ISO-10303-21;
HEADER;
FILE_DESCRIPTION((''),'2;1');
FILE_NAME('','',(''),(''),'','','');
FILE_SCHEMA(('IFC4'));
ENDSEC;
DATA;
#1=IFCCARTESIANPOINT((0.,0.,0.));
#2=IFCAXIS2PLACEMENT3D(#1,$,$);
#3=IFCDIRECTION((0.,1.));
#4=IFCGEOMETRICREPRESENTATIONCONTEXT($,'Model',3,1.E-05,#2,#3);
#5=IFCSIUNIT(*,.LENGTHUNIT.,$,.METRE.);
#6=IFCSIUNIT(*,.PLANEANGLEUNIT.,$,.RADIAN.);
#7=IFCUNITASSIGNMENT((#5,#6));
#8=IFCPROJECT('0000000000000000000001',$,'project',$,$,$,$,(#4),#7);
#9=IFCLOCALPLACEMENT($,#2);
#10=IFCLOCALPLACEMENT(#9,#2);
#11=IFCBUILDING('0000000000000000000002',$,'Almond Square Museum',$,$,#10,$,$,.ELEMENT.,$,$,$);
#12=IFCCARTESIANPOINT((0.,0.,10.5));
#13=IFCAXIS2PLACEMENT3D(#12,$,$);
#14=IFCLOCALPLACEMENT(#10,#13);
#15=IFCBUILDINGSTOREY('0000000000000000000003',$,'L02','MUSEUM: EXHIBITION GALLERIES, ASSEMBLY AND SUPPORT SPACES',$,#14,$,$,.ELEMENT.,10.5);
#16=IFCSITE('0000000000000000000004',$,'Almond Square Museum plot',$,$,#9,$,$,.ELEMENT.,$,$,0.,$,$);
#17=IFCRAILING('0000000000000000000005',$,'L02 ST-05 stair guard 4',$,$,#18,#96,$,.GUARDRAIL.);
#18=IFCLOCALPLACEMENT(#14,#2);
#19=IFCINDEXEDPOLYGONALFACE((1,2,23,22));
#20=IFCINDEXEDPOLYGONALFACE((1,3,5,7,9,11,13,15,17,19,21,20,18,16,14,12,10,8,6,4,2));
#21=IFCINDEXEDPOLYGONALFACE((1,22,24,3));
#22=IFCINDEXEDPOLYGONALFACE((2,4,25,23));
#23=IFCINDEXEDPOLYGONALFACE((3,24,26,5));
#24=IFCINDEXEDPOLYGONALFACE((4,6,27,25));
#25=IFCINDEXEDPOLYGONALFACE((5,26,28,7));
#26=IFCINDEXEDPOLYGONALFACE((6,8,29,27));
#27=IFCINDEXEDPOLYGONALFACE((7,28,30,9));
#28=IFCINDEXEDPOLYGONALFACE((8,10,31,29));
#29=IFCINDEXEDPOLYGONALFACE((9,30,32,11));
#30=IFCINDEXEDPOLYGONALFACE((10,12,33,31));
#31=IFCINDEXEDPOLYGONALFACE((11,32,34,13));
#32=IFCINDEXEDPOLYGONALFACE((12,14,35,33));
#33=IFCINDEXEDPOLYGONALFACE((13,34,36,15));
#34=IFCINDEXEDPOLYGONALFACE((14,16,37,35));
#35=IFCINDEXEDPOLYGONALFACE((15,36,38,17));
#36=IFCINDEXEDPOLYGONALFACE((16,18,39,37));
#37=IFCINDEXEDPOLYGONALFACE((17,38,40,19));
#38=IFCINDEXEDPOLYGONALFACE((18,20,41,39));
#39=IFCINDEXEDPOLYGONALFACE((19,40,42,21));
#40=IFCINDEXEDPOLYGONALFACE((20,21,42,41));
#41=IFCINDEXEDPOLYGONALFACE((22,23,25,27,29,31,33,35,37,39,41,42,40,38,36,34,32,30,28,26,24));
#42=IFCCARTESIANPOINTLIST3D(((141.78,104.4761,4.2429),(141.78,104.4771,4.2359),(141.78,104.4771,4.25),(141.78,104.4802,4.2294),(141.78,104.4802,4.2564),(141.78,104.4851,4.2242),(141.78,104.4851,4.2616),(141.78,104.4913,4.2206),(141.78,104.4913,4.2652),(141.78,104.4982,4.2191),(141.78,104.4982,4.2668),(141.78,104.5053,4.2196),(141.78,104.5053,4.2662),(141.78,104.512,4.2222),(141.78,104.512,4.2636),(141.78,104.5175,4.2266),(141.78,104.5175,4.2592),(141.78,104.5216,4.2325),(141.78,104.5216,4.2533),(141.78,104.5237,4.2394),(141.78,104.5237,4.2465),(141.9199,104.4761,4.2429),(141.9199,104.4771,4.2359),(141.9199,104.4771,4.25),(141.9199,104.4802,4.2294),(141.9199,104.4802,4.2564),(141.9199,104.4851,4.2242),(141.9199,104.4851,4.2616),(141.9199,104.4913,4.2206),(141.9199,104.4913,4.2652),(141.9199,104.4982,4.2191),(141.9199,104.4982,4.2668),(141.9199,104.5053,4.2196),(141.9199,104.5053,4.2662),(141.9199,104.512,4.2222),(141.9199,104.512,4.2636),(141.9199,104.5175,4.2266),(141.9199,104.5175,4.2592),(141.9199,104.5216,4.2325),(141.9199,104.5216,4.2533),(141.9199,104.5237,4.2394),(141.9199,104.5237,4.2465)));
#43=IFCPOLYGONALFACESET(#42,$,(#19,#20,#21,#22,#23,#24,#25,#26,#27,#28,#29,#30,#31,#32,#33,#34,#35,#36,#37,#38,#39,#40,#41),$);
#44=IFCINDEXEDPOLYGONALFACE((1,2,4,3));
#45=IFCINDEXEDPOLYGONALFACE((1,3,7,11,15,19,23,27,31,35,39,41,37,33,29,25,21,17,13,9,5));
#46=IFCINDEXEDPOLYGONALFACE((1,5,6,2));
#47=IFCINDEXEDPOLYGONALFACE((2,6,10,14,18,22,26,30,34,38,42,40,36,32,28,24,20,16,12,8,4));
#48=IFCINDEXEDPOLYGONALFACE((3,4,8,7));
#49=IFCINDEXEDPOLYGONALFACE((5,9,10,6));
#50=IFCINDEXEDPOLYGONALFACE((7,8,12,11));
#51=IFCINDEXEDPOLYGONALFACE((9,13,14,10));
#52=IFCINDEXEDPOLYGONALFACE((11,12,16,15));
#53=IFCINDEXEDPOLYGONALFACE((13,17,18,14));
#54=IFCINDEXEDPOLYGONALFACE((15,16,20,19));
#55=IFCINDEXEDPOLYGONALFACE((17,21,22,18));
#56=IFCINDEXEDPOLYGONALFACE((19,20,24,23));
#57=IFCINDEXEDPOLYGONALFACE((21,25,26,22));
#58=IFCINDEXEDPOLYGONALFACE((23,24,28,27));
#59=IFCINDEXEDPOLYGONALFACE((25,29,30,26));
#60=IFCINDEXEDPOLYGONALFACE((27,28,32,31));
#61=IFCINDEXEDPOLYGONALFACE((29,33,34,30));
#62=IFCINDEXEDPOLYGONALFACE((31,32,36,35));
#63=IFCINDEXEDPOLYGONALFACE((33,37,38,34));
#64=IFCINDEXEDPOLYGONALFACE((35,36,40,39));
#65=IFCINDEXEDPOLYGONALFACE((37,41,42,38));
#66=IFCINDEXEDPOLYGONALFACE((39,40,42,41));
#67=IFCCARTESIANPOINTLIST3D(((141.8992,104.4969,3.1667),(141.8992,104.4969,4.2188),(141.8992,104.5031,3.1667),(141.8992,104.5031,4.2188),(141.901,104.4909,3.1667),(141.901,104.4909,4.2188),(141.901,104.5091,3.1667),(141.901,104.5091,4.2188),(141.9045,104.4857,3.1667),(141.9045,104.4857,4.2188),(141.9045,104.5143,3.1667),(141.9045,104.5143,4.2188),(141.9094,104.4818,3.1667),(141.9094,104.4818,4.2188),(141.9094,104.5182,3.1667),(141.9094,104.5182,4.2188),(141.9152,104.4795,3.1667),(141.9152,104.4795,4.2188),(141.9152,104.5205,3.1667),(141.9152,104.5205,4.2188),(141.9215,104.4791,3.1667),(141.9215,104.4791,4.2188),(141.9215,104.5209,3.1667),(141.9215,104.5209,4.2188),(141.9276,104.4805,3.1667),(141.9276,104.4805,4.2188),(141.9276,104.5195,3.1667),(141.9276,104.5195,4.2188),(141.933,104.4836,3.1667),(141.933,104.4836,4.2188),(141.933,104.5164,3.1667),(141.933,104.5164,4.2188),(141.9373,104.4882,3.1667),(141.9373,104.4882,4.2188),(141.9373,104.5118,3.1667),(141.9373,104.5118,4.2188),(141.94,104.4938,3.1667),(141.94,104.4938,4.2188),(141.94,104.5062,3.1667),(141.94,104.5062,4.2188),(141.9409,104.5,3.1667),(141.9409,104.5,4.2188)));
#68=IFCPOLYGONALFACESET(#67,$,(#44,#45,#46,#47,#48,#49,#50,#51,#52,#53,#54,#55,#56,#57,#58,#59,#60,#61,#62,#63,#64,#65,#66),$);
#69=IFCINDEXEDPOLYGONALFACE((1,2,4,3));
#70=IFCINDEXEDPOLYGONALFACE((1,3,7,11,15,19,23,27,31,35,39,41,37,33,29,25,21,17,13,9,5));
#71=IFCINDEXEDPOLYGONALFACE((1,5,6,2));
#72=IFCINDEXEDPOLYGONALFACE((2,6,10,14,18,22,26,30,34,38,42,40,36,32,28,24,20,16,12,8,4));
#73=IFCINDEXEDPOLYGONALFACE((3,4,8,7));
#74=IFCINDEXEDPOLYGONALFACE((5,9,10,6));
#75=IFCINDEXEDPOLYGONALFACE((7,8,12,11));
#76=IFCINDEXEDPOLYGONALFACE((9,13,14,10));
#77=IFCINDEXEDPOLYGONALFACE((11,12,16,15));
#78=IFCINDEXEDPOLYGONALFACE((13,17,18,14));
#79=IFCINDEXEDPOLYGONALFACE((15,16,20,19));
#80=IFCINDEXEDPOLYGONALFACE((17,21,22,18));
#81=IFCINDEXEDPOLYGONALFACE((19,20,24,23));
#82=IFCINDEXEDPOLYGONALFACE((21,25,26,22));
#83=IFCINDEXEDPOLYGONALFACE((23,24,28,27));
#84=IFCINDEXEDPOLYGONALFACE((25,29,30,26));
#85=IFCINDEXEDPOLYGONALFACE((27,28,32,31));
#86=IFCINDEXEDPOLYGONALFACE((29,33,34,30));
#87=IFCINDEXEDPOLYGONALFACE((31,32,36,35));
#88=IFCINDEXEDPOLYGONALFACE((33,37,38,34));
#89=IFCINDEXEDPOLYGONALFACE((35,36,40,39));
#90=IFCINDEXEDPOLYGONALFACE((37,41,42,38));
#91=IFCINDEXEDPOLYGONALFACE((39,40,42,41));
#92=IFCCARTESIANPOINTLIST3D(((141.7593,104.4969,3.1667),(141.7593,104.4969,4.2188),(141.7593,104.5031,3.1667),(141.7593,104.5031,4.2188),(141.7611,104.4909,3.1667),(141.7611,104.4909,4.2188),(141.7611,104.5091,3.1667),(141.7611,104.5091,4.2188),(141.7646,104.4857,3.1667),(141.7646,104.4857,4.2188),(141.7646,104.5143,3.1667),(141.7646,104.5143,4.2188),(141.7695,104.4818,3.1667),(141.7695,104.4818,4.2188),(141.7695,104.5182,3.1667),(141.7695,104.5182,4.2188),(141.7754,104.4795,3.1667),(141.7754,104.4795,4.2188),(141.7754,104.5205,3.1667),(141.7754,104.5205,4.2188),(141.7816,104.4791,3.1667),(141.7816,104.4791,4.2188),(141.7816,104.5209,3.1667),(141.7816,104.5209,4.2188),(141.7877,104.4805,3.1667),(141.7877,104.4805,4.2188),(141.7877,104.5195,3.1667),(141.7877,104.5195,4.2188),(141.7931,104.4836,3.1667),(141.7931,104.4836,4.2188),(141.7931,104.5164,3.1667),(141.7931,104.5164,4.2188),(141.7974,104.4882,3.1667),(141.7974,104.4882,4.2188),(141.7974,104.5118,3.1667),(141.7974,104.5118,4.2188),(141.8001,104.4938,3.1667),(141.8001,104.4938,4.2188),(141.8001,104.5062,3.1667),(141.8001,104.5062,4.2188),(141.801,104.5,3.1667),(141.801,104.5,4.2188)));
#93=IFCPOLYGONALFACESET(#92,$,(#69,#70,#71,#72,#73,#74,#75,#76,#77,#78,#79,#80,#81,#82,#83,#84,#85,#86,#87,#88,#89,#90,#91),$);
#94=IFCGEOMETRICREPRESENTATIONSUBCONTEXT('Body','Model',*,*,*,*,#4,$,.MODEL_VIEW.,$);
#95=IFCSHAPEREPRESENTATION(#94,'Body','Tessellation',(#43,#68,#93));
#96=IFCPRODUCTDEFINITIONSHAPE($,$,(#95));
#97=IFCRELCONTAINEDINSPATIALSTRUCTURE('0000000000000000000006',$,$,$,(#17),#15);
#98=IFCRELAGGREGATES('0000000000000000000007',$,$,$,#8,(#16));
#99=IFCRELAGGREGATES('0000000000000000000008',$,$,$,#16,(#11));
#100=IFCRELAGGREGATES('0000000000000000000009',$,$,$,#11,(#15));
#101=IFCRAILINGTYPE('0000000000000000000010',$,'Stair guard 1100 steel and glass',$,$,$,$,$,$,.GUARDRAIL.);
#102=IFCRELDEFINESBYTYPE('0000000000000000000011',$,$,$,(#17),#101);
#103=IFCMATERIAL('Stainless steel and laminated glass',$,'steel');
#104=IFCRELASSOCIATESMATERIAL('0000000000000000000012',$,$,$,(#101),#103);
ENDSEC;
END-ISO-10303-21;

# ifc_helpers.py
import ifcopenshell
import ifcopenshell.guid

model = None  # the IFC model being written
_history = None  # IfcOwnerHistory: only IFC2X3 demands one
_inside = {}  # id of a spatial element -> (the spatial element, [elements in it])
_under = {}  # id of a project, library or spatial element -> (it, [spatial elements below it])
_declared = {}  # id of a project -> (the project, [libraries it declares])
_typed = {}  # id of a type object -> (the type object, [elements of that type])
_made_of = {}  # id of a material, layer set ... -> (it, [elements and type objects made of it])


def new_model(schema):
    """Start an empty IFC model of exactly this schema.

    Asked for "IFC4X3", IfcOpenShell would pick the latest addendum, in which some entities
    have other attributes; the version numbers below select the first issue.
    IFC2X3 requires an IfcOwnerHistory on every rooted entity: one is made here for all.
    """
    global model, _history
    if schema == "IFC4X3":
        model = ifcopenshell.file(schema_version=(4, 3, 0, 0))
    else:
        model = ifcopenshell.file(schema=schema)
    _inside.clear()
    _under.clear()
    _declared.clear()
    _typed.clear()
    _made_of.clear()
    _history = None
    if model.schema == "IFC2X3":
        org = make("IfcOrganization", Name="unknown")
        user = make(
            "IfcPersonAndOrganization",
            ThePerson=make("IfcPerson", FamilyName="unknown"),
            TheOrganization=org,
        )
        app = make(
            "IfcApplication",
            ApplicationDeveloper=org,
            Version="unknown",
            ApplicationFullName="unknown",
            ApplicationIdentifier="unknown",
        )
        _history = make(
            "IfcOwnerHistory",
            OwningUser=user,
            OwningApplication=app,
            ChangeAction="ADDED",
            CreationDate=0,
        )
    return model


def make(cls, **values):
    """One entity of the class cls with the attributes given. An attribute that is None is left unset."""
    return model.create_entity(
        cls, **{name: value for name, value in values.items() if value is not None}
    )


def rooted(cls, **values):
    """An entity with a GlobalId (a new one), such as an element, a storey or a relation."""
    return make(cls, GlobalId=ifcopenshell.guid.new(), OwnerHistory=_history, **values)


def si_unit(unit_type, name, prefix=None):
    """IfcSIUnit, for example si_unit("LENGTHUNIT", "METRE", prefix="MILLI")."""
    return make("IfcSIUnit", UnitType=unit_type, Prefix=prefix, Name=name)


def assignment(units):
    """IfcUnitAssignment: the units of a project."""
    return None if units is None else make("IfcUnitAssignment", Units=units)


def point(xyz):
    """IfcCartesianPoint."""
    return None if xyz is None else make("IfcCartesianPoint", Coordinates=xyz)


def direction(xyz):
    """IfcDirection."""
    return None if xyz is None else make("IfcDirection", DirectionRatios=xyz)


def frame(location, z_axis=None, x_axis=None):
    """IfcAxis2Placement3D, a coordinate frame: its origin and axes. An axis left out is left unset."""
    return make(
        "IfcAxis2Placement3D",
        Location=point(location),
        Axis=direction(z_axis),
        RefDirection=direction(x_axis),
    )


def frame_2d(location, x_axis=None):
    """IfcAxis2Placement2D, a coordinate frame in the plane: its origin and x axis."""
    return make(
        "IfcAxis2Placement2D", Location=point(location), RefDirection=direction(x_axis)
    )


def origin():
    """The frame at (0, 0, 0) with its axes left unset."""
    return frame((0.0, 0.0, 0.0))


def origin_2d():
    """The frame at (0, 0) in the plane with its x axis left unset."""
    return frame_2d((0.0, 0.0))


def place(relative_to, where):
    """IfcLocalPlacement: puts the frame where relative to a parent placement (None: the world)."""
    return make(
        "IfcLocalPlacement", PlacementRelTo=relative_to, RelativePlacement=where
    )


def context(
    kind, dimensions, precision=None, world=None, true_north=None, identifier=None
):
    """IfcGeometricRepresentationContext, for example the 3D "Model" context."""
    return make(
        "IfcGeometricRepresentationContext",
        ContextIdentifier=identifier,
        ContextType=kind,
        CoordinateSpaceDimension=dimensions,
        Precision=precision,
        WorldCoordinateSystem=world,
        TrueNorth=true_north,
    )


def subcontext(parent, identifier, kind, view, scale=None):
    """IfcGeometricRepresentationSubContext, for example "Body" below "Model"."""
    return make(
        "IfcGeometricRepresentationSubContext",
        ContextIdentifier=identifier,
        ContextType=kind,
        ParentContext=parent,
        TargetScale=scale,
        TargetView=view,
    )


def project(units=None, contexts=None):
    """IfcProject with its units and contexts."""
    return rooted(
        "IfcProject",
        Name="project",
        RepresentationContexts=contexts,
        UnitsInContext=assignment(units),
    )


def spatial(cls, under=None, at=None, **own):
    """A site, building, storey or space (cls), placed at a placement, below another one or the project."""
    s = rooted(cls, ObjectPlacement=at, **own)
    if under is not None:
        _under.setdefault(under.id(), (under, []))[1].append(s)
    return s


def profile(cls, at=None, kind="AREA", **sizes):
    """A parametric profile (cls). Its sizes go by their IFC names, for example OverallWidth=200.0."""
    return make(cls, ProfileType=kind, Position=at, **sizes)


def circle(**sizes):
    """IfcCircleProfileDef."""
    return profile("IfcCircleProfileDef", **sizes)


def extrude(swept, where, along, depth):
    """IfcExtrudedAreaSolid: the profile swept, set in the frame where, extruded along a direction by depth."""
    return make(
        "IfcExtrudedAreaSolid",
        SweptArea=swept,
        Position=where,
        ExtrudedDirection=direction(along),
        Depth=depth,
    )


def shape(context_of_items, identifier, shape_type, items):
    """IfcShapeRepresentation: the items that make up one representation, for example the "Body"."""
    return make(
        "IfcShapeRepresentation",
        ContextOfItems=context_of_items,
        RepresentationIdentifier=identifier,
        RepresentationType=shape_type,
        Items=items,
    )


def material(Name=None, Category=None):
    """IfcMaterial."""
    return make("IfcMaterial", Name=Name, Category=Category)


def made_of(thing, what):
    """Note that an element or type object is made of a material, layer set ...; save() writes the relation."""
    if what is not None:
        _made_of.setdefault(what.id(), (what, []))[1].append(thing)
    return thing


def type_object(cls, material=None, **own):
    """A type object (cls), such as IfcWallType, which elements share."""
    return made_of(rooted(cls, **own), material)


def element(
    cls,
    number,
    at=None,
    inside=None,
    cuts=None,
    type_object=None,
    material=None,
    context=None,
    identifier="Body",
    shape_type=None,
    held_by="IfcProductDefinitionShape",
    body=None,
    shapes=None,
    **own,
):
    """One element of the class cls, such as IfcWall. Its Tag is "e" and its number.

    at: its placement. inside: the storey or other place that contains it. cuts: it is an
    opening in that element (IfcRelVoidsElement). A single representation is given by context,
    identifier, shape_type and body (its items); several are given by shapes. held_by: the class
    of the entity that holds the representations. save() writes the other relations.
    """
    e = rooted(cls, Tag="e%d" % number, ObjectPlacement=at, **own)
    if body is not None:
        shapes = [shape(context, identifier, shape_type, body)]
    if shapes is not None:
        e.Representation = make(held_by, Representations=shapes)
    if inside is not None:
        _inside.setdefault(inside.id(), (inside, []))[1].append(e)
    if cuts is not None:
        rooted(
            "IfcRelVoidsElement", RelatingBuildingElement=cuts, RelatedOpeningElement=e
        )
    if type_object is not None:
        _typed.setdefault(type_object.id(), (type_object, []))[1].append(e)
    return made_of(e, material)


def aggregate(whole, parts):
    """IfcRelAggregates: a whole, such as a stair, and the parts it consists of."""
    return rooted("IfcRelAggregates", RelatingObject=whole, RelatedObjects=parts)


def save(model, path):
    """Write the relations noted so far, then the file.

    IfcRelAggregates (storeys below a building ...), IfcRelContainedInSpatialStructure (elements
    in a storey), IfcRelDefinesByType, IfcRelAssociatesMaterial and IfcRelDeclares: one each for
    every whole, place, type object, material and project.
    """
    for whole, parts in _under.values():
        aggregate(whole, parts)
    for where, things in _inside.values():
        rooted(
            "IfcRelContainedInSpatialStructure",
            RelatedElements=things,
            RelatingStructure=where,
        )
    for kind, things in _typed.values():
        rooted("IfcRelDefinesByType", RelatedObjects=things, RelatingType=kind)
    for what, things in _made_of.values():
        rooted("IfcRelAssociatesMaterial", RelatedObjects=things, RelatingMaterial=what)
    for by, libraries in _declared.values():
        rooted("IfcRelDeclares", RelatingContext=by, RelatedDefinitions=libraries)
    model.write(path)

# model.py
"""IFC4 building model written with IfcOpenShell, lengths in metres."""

from ifc_helpers import new_model, si_unit, direction, frame, origin, origin_2d, place, context, subcontext, project, spatial, circle, extrude, material, type_object, element, save


model = new_model("IFC4")

# Units and contexts
model_context = context("Model", 3, precision=1e-05, world=origin(), true_north=direction((0.0, 1.0)))
body_context = subcontext(model_context, "Body", "Model", "MODEL_VIEW")
ifc_project = project(units=[si_unit("LENGTHUNIT", "METRE"), si_unit("PLANEANGLEUNIT", "RADIAN")], contexts=[model_context])

# Site, building, storey
site_placement = place(None, origin())
site = spatial("IfcSite", under=ifc_project, at=site_placement, Name="Almond Square Museum plot", CompositionType="ELEMENT", RefElevation=0.0)
building_placement = place(site_placement, origin())
building = spatial("IfcBuilding", under=site, at=building_placement, Name="Almond Square Museum", CompositionType="ELEMENT")
storey_placement = place(building_placement, frame((0.0, 0.0, 10.5)))
storey = spatial("IfcBuildingStorey", under=building, at=storey_placement, Name="L02", Description="MUSEUM: EXHIBITION GALLERIES, ASSEMBLY AND SUPPORT SPACES", CompositionType="ELEMENT", Elevation=10.5)

# Railing
ifc_material_1 = material(Name="Stainless steel and laminated glass", Category="steel")
railing_type_1 = type_object("IfcRailingType", Name="Stair guard 1100 steel and glass", PredefinedType="GUARDRAIL", material=ifc_material_1)
railing_1_placement = place(storey_placement, frame((141.9199, 104.5, 3.1667)))
element("IfcRailing", 1, at=railing_1_placement, inside=storey, type_object=railing_type_1, Name="L02 ST-05 stair guard 4", PredefinedType="GUARDRAIL", context=body_context, shape_type="SweptSolid", body=[
    extrude(circle(Radius=0.0239, at=origin_2d()), frame((0.0, 0.0, 1.0762), z_axis=(-1.0, 0.0, 0.0), x_axis=(0.0, -1.0, 0.0)), (0.0, 0.0, 1.0), 0.1399),
    extrude(circle(Radius=0.021, at=origin_2d()), origin(), (0.0, 0.0, 1.0), 1.052),
    extrude(circle(Radius=0.021, at=origin_2d()), frame((-0.1399, 0.0, 0.0)), (0.0, 0.0, 1.0), 1.052),
])

save(model, "model.ifc")
